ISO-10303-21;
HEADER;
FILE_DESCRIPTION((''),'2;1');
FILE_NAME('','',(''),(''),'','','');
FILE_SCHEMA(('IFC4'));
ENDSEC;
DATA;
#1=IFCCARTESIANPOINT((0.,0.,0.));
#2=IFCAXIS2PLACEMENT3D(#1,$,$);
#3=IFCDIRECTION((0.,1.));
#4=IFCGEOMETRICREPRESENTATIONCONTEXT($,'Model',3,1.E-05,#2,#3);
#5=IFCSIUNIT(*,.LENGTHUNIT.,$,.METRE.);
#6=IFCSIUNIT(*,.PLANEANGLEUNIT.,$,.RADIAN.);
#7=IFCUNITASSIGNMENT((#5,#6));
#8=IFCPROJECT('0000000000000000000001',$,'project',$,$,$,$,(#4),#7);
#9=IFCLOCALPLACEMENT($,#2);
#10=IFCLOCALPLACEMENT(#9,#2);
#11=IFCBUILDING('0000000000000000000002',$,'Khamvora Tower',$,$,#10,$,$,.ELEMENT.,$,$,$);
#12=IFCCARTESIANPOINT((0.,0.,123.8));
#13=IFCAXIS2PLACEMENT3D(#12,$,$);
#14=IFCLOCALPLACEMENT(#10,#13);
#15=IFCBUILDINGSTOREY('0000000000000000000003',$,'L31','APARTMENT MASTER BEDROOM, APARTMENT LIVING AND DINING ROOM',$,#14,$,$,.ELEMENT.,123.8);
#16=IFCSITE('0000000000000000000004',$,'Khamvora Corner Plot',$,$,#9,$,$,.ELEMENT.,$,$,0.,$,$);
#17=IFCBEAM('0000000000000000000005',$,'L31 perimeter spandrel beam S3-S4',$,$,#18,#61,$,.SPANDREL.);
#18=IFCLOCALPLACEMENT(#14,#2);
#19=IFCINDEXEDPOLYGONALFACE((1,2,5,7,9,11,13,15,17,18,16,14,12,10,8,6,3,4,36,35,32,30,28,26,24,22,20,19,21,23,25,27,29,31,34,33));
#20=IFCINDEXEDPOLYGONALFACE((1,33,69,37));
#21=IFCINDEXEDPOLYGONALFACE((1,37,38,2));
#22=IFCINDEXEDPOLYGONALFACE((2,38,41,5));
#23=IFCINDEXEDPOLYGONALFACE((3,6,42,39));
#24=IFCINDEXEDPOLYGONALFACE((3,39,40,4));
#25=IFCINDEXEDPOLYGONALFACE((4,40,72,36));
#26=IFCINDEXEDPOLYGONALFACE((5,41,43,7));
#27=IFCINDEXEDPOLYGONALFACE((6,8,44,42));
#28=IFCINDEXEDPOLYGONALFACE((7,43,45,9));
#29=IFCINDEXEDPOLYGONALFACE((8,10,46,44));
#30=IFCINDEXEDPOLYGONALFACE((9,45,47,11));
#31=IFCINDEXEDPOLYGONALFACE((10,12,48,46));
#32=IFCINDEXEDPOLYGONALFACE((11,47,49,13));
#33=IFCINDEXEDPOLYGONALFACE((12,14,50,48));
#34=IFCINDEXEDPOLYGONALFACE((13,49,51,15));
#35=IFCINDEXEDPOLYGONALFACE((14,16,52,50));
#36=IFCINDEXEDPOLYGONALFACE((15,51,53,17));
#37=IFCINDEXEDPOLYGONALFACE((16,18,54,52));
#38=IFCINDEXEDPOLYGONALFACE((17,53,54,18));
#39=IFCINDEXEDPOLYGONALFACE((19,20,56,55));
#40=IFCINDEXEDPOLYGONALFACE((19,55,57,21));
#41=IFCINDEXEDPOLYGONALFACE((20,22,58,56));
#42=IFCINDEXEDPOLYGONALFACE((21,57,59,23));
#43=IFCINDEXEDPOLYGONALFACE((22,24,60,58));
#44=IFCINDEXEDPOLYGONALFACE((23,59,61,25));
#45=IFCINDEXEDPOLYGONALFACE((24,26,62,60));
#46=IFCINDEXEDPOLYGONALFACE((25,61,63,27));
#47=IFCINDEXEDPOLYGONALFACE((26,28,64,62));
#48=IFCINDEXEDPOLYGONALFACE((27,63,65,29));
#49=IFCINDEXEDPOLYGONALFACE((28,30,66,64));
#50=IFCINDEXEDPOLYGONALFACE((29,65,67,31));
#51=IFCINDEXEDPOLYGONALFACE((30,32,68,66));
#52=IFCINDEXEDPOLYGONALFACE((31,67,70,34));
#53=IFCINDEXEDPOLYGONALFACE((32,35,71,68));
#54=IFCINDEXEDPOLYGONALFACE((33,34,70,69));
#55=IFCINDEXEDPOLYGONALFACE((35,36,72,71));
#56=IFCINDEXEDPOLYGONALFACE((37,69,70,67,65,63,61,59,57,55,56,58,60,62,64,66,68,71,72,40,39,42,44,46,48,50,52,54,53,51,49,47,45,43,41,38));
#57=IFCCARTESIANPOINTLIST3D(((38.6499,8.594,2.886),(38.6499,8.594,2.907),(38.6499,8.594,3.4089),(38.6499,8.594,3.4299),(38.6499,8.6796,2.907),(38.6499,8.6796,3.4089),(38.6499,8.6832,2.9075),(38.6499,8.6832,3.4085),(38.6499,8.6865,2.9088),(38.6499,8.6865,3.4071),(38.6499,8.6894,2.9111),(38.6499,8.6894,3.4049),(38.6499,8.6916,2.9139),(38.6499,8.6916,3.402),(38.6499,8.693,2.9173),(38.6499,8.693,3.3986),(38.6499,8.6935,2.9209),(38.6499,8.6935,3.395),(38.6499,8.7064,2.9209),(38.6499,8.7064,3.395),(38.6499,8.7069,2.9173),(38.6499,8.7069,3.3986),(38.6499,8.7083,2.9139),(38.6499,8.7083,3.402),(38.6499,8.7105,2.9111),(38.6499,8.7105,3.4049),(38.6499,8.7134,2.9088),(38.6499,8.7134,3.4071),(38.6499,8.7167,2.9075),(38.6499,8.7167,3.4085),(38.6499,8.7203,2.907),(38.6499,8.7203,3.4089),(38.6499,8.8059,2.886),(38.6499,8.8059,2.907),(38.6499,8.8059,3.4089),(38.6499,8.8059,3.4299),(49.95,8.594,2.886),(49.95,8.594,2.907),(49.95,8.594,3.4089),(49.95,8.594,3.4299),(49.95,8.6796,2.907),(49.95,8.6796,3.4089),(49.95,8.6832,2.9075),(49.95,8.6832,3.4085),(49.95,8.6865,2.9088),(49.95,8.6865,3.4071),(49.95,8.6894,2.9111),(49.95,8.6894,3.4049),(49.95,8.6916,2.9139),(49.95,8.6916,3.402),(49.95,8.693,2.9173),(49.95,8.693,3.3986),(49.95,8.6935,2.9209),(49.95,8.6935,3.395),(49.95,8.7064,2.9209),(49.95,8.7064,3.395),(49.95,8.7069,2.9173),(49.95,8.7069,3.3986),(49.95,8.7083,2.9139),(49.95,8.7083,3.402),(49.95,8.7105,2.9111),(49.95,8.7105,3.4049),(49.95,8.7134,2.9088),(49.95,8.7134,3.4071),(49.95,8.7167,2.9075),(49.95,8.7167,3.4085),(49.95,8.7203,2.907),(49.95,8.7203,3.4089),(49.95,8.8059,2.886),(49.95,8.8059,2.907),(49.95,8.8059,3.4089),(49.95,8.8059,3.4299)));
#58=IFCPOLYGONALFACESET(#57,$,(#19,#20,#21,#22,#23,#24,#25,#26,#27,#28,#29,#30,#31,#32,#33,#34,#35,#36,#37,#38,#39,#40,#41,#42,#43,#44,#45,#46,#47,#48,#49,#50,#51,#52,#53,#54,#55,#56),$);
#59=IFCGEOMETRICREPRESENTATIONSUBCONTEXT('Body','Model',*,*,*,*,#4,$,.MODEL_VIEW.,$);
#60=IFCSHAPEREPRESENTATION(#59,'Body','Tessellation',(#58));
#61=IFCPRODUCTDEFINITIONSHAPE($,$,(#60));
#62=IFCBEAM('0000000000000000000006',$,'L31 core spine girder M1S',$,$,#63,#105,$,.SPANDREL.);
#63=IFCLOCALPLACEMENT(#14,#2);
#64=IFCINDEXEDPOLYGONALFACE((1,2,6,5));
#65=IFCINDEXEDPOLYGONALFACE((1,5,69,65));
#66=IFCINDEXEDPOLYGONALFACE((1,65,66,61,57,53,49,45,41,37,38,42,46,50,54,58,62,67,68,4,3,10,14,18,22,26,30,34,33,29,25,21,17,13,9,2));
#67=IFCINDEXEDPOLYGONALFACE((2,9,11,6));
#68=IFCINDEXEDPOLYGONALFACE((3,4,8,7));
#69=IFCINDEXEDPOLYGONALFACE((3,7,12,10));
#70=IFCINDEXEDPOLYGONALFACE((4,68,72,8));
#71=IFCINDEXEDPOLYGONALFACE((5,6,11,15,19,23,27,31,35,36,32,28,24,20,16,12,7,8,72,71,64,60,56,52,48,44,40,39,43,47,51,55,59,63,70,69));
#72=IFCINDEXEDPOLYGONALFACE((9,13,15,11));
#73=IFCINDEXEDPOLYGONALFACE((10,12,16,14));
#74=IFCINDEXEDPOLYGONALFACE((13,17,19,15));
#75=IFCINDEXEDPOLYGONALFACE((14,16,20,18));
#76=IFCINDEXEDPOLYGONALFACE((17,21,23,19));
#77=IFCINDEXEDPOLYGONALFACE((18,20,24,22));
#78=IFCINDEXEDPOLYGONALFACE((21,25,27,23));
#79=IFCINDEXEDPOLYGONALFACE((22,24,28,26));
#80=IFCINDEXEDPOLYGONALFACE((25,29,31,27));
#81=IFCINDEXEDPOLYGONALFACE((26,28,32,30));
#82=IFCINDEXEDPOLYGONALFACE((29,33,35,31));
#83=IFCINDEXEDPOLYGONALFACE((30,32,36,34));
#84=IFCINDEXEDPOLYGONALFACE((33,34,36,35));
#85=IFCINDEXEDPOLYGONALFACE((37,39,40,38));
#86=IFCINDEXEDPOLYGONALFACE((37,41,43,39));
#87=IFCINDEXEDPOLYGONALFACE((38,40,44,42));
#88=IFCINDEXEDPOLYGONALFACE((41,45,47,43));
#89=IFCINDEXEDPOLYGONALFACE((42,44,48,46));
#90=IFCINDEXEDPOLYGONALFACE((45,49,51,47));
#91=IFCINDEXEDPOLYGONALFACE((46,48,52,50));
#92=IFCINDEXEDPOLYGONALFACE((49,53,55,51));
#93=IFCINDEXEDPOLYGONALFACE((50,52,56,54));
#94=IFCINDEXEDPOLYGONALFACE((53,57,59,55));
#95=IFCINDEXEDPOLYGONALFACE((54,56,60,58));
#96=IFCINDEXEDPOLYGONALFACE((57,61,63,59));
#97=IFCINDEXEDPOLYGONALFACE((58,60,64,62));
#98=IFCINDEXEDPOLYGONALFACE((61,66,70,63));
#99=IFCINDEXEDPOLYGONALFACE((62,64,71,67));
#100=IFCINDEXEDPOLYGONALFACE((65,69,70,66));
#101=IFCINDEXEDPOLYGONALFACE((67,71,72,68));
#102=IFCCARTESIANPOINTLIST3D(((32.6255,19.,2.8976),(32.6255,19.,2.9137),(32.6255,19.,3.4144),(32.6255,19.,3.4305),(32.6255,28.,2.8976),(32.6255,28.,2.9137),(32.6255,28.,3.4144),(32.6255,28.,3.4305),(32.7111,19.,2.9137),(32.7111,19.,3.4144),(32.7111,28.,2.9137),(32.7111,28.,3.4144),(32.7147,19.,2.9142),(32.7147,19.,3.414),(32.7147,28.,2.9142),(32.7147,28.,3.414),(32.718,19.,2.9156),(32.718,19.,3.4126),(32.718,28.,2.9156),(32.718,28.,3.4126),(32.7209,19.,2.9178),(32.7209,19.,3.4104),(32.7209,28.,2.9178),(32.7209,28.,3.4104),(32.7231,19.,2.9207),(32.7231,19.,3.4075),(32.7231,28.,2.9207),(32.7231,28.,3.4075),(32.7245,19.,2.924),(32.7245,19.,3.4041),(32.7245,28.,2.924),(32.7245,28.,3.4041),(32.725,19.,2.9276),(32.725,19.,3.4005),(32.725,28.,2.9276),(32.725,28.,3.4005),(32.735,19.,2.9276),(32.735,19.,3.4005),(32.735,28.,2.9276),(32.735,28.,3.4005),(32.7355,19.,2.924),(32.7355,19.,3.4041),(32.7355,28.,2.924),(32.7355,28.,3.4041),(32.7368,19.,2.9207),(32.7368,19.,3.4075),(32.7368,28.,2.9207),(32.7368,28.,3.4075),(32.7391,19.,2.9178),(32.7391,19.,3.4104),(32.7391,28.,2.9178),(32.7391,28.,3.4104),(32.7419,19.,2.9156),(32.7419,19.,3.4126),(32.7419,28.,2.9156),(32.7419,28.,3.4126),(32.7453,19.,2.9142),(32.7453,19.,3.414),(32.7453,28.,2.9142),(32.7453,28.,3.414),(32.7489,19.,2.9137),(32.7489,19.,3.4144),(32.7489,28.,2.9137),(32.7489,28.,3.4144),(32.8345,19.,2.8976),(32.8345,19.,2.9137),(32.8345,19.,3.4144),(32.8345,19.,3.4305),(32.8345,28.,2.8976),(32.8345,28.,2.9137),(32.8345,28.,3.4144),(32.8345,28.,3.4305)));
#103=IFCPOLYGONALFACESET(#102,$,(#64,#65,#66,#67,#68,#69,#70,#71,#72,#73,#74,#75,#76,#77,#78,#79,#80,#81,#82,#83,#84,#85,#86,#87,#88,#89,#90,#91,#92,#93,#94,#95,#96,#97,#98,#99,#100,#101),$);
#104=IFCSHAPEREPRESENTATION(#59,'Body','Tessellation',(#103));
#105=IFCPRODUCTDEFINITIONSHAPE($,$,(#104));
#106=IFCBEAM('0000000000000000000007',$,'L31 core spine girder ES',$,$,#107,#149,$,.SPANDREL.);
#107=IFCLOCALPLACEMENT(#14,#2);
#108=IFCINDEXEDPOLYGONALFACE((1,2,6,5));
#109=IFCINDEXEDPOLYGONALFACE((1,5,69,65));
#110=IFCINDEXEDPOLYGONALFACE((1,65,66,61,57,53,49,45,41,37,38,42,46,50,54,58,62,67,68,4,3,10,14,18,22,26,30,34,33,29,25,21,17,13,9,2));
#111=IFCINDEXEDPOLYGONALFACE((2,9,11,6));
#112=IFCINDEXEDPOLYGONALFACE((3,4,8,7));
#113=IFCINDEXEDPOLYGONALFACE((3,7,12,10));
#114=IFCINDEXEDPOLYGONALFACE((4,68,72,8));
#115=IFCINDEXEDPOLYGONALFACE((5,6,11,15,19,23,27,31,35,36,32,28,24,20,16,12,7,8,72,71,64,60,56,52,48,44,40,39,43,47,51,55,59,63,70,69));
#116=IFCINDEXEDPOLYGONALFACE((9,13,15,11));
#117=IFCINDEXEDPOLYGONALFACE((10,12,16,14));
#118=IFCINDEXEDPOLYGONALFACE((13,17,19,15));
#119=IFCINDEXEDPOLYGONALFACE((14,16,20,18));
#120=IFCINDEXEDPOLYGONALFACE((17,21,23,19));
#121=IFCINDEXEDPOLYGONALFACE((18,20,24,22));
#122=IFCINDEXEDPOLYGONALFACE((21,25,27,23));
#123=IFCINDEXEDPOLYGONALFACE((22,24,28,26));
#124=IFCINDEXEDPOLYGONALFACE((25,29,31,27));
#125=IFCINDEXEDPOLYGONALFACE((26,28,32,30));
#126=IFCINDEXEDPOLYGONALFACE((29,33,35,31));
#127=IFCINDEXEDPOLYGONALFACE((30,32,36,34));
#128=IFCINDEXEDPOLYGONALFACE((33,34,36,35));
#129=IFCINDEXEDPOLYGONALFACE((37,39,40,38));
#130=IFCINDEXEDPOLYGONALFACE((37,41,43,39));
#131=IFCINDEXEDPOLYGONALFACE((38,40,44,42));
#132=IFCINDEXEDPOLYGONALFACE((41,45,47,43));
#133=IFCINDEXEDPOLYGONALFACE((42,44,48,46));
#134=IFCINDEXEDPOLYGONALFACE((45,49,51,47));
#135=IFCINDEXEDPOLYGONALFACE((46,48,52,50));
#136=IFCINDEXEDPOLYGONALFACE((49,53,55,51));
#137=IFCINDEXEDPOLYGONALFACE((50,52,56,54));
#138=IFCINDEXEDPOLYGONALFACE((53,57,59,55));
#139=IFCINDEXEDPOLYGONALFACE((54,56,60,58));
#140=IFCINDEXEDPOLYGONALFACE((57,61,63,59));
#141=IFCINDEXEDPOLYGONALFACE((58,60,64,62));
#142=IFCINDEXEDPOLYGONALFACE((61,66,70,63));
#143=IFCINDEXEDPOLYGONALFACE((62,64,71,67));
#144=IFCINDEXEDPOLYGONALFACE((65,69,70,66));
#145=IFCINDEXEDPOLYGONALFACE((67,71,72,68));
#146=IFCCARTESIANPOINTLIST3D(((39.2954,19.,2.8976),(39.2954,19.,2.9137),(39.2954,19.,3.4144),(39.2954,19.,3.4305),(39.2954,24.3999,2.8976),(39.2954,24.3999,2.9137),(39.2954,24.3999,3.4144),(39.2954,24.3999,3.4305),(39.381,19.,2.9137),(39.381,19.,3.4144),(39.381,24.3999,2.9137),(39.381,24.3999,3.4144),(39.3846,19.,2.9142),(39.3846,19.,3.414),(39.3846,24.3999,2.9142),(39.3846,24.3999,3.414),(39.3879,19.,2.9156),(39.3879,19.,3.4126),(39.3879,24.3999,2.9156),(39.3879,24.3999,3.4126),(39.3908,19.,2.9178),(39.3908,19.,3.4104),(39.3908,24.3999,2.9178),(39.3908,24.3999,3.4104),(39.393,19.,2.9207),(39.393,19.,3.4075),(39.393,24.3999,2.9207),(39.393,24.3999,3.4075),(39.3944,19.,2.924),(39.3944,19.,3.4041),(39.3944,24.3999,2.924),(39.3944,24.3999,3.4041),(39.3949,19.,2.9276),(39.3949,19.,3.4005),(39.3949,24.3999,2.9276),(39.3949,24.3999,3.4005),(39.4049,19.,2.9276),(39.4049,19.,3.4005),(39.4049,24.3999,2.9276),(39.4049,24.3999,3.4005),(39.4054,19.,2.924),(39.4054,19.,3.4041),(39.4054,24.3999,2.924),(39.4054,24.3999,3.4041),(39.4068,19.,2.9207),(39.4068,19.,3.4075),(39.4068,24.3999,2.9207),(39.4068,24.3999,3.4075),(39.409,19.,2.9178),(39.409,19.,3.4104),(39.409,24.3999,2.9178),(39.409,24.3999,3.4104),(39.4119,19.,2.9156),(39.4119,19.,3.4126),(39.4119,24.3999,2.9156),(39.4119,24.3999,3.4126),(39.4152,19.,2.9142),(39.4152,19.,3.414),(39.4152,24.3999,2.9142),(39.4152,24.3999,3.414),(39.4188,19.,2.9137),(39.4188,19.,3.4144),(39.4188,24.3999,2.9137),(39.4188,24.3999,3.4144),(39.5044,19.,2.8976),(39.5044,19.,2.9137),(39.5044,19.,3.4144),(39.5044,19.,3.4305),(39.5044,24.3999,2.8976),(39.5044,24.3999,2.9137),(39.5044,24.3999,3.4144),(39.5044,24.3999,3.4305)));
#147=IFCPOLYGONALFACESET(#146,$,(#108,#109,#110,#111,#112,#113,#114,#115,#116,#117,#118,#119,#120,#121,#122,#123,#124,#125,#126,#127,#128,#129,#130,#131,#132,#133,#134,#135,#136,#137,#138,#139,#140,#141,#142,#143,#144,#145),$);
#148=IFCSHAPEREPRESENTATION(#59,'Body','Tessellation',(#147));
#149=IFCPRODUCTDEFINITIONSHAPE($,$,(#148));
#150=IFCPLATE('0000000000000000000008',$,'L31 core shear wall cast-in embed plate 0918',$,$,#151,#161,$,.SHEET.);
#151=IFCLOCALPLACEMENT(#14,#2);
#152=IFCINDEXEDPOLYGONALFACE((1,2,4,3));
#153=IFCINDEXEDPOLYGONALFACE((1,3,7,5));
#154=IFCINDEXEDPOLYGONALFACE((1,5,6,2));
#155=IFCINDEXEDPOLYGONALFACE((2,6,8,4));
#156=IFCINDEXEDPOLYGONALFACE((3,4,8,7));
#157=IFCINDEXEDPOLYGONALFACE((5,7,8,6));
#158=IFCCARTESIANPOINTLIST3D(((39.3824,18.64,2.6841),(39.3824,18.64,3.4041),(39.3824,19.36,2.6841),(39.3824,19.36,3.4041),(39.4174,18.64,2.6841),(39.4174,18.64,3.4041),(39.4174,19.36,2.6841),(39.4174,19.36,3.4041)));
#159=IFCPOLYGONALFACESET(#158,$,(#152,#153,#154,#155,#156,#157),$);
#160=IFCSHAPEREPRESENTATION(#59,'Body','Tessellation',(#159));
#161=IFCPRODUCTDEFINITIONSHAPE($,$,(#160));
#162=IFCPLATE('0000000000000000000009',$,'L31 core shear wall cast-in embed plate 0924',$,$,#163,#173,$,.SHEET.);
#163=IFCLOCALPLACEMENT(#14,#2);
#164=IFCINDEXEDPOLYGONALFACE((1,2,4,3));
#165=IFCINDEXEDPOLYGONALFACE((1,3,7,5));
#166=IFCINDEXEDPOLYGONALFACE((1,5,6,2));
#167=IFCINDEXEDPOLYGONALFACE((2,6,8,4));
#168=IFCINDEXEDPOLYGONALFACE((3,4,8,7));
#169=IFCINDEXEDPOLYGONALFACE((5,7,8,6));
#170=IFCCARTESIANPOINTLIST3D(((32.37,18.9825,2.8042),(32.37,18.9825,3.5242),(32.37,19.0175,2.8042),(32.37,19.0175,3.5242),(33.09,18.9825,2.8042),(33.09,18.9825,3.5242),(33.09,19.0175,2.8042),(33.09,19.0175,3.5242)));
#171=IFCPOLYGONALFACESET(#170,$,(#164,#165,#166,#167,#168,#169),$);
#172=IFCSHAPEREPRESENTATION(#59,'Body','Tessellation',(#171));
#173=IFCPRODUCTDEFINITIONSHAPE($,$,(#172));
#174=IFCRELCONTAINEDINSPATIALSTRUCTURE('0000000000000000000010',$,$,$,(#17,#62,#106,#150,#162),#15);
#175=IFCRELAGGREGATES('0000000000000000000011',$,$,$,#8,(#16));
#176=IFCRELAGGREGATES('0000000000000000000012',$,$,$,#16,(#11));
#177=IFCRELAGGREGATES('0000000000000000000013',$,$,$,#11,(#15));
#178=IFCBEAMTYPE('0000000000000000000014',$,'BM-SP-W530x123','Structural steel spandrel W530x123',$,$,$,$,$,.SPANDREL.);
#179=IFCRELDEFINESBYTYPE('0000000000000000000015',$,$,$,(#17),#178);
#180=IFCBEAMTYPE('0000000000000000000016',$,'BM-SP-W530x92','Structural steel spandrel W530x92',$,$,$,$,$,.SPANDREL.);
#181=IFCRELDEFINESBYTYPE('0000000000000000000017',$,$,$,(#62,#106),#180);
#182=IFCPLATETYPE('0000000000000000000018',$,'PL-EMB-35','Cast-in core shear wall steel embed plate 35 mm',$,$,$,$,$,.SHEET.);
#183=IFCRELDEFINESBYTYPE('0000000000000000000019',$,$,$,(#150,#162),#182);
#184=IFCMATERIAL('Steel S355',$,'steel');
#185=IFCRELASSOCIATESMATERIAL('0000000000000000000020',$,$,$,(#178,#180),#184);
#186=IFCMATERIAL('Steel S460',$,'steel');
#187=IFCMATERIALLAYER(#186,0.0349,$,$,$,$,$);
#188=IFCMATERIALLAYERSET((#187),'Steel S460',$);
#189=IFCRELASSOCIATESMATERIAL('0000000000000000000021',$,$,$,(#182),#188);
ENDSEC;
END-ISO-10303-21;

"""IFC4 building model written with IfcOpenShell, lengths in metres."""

from ifc_helpers import new_model, si_unit, direction, frame, origin, origin_2d, place, context, subcontext, project, spatial, rectangle, i_section, extrude, material, layer, layer_set, material_profile, profile_set, type_object, element, save


model = new_model("IFC4")

# Units and contexts
model_context = context("Model", 3, precision=1e-05, world=origin(), true_north=direction((0.0, 1.0)))
body_context = subcontext(model_context, "Body", "Model", "MODEL_VIEW")
ifc_project = project(units=[si_unit("LENGTHUNIT", "METRE"), si_unit("PLANEANGLEUNIT", "RADIAN")], contexts=[model_context])

# Site, building, storey
site_placement = place(None, origin())
site = spatial("IfcSite", under=ifc_project, at=site_placement, Name="Khamvora Corner Plot", CompositionType="ELEMENT", RefElevation=0.0)
building_placement = place(site_placement, origin())
building = spatial("IfcBuilding", under=site, at=building_placement, Name="Khamvora Tower", CompositionType="ELEMENT")
storey_placement = place(building_placement, frame((0.0, 0.0, 123.8)))
storey = spatial("IfcBuildingStorey", under=building, at=storey_placement, Name="L31", Description="APARTMENT MASTER BEDROOM, APARTMENT LIVING AND DINING ROOM", CompositionType="ELEMENT", Elevation=123.8)

# Shared definitions
ifc_material_1 = material(Name="Steel S355", Category="steel")
ifc_material_2 = material(Name="Steel S460", Category="steel")

# Beams
ifc_material_profile_1 = material_profile(ifc_material_1, i_section(OverallWidth=0.2119, OverallDepth=0.5439, WebThickness=0.0129, FlangeThickness=0.021, FilletRadius=0.0139, at=origin_2d()), Name="W530x123")
ifc_profile_set_1 = profile_set([ifc_material_profile_1], Name="Steel S355")
beam_type_1 = type_object("IfcBeamType", Name="BM-SP-W530x123", Description="Structural steel spandrel W530x123", PredefinedType="SPANDREL", material=ifc_profile_set_1)
beam_1_placement = place(storey_placement, frame((38.6499, 8.7, 3.158), z_axis=(1.0, 0.0, 0.0), x_axis=(0.0, 1.0, 0.0)))
element("IfcBeam", 1, at=beam_1_placement, inside=storey, type_object=beam_type_1, Name="L31 perimeter spandrel beam S3-S4", PredefinedType="SPANDREL", context=body_context, shape_type="SweptSolid", body=[
    extrude(i_section(OverallWidth=0.2119, OverallDepth=0.5439, WebThickness=0.0129, FlangeThickness=0.021, FilletRadius=0.0139, at=origin_2d()), origin(), (0.0, 0.0, 1.0), 11.3),
])
ifc_material_profile_2 = material_profile(ifc_material_1, i_section(OverallWidth=0.209, OverallDepth=0.533, WebThickness=0.01, FlangeThickness=0.0161, FilletRadius=0.0139, at=origin_2d()), Name="W530x92")
ifc_profile_set_2 = profile_set([ifc_material_profile_2], Name="Steel S355")
beam_type_2 = type_object("IfcBeamType", Name="BM-SP-W530x92", Description="Structural steel spandrel W530x92", PredefinedType="SPANDREL", material=ifc_profile_set_2)
beam_2_placement = place(storey_placement, frame((32.73, 19.0, 3.1641), z_axis=(0.0, 1.0, 0.0), x_axis=(-1.0, 0.0, 0.0)))
element("IfcBeam", 2, at=beam_2_placement, inside=storey, type_object=beam_type_2, Name="L31 core spine girder M1S", PredefinedType="SPANDREL", context=body_context, shape_type="SweptSolid", body=[
    extrude(i_section(OverallWidth=0.209, OverallDepth=0.533, WebThickness=0.01, FlangeThickness=0.0161, FilletRadius=0.0139, at=origin_2d()), origin(), (0.0, 0.0, 1.0), 9.0),
])
beam_3_placement = place(storey_placement, frame((39.3999, 19.0, 3.1641), z_axis=(0.0, 1.0, 0.0), x_axis=(-1.0, 0.0, 0.0)))
element("IfcBeam", 3, at=beam_3_placement, inside=storey, type_object=beam_type_2, Name="L31 core spine girder ES", PredefinedType="SPANDREL", context=body_context, shape_type="SweptSolid", body=[
    extrude(i_section(OverallWidth=0.209, OverallDepth=0.533, WebThickness=0.01, FlangeThickness=0.0161, FilletRadius=0.0139, at=origin_2d()), origin(), (0.0, 0.0, 1.0), 5.3999),
])

# Plates
ifc_layer_1 = layer(ifc_material_2, 0.0349)
ifc_layer_set_1 = layer_set([ifc_layer_1], Name="Steel S460")
plate_type = type_object("IfcPlateType", Name="PL-EMB-35", Description="Cast-in core shear wall steel embed plate 35 mm", PredefinedType="SHEET", material=ifc_layer_set_1)
plate_1_placement = place(storey_placement, frame((39.3999, 19.0, 2.6841), z_axis=(0.0, 0.0, 1.0), x_axis=(1.0, 0.0, 0.0)))
element("IfcPlate", 4, at=plate_1_placement, inside=storey, type_object=plate_type, Name="L31 core shear wall cast-in embed plate 0918", PredefinedType="SHEET", context=body_context, shape_type="SweptSolid", body=[
    extrude(rectangle(XDim=0.0349, YDim=0.72, at=origin_2d()), origin(), (0.0, 0.0, 1.0), 0.72),
])
plate_2_placement = place(storey_placement, frame((32.73, 19.0, 2.8042), z_axis=(0.0, 0.0, 1.0), x_axis=(1.0, 0.0, 0.0)))
element("IfcPlate", 5, at=plate_2_placement, inside=storey, type_object=plate_type, Name="L31 core shear wall cast-in embed plate 0924", PredefinedType="SHEET", context=body_context, shape_type="SweptSolid", body=[
    extrude(rectangle(XDim=0.72, YDim=0.0349, at=origin_2d()), origin(), (0.0, 0.0, 1.0), 0.72),
])

save(model, "model.ifc")
